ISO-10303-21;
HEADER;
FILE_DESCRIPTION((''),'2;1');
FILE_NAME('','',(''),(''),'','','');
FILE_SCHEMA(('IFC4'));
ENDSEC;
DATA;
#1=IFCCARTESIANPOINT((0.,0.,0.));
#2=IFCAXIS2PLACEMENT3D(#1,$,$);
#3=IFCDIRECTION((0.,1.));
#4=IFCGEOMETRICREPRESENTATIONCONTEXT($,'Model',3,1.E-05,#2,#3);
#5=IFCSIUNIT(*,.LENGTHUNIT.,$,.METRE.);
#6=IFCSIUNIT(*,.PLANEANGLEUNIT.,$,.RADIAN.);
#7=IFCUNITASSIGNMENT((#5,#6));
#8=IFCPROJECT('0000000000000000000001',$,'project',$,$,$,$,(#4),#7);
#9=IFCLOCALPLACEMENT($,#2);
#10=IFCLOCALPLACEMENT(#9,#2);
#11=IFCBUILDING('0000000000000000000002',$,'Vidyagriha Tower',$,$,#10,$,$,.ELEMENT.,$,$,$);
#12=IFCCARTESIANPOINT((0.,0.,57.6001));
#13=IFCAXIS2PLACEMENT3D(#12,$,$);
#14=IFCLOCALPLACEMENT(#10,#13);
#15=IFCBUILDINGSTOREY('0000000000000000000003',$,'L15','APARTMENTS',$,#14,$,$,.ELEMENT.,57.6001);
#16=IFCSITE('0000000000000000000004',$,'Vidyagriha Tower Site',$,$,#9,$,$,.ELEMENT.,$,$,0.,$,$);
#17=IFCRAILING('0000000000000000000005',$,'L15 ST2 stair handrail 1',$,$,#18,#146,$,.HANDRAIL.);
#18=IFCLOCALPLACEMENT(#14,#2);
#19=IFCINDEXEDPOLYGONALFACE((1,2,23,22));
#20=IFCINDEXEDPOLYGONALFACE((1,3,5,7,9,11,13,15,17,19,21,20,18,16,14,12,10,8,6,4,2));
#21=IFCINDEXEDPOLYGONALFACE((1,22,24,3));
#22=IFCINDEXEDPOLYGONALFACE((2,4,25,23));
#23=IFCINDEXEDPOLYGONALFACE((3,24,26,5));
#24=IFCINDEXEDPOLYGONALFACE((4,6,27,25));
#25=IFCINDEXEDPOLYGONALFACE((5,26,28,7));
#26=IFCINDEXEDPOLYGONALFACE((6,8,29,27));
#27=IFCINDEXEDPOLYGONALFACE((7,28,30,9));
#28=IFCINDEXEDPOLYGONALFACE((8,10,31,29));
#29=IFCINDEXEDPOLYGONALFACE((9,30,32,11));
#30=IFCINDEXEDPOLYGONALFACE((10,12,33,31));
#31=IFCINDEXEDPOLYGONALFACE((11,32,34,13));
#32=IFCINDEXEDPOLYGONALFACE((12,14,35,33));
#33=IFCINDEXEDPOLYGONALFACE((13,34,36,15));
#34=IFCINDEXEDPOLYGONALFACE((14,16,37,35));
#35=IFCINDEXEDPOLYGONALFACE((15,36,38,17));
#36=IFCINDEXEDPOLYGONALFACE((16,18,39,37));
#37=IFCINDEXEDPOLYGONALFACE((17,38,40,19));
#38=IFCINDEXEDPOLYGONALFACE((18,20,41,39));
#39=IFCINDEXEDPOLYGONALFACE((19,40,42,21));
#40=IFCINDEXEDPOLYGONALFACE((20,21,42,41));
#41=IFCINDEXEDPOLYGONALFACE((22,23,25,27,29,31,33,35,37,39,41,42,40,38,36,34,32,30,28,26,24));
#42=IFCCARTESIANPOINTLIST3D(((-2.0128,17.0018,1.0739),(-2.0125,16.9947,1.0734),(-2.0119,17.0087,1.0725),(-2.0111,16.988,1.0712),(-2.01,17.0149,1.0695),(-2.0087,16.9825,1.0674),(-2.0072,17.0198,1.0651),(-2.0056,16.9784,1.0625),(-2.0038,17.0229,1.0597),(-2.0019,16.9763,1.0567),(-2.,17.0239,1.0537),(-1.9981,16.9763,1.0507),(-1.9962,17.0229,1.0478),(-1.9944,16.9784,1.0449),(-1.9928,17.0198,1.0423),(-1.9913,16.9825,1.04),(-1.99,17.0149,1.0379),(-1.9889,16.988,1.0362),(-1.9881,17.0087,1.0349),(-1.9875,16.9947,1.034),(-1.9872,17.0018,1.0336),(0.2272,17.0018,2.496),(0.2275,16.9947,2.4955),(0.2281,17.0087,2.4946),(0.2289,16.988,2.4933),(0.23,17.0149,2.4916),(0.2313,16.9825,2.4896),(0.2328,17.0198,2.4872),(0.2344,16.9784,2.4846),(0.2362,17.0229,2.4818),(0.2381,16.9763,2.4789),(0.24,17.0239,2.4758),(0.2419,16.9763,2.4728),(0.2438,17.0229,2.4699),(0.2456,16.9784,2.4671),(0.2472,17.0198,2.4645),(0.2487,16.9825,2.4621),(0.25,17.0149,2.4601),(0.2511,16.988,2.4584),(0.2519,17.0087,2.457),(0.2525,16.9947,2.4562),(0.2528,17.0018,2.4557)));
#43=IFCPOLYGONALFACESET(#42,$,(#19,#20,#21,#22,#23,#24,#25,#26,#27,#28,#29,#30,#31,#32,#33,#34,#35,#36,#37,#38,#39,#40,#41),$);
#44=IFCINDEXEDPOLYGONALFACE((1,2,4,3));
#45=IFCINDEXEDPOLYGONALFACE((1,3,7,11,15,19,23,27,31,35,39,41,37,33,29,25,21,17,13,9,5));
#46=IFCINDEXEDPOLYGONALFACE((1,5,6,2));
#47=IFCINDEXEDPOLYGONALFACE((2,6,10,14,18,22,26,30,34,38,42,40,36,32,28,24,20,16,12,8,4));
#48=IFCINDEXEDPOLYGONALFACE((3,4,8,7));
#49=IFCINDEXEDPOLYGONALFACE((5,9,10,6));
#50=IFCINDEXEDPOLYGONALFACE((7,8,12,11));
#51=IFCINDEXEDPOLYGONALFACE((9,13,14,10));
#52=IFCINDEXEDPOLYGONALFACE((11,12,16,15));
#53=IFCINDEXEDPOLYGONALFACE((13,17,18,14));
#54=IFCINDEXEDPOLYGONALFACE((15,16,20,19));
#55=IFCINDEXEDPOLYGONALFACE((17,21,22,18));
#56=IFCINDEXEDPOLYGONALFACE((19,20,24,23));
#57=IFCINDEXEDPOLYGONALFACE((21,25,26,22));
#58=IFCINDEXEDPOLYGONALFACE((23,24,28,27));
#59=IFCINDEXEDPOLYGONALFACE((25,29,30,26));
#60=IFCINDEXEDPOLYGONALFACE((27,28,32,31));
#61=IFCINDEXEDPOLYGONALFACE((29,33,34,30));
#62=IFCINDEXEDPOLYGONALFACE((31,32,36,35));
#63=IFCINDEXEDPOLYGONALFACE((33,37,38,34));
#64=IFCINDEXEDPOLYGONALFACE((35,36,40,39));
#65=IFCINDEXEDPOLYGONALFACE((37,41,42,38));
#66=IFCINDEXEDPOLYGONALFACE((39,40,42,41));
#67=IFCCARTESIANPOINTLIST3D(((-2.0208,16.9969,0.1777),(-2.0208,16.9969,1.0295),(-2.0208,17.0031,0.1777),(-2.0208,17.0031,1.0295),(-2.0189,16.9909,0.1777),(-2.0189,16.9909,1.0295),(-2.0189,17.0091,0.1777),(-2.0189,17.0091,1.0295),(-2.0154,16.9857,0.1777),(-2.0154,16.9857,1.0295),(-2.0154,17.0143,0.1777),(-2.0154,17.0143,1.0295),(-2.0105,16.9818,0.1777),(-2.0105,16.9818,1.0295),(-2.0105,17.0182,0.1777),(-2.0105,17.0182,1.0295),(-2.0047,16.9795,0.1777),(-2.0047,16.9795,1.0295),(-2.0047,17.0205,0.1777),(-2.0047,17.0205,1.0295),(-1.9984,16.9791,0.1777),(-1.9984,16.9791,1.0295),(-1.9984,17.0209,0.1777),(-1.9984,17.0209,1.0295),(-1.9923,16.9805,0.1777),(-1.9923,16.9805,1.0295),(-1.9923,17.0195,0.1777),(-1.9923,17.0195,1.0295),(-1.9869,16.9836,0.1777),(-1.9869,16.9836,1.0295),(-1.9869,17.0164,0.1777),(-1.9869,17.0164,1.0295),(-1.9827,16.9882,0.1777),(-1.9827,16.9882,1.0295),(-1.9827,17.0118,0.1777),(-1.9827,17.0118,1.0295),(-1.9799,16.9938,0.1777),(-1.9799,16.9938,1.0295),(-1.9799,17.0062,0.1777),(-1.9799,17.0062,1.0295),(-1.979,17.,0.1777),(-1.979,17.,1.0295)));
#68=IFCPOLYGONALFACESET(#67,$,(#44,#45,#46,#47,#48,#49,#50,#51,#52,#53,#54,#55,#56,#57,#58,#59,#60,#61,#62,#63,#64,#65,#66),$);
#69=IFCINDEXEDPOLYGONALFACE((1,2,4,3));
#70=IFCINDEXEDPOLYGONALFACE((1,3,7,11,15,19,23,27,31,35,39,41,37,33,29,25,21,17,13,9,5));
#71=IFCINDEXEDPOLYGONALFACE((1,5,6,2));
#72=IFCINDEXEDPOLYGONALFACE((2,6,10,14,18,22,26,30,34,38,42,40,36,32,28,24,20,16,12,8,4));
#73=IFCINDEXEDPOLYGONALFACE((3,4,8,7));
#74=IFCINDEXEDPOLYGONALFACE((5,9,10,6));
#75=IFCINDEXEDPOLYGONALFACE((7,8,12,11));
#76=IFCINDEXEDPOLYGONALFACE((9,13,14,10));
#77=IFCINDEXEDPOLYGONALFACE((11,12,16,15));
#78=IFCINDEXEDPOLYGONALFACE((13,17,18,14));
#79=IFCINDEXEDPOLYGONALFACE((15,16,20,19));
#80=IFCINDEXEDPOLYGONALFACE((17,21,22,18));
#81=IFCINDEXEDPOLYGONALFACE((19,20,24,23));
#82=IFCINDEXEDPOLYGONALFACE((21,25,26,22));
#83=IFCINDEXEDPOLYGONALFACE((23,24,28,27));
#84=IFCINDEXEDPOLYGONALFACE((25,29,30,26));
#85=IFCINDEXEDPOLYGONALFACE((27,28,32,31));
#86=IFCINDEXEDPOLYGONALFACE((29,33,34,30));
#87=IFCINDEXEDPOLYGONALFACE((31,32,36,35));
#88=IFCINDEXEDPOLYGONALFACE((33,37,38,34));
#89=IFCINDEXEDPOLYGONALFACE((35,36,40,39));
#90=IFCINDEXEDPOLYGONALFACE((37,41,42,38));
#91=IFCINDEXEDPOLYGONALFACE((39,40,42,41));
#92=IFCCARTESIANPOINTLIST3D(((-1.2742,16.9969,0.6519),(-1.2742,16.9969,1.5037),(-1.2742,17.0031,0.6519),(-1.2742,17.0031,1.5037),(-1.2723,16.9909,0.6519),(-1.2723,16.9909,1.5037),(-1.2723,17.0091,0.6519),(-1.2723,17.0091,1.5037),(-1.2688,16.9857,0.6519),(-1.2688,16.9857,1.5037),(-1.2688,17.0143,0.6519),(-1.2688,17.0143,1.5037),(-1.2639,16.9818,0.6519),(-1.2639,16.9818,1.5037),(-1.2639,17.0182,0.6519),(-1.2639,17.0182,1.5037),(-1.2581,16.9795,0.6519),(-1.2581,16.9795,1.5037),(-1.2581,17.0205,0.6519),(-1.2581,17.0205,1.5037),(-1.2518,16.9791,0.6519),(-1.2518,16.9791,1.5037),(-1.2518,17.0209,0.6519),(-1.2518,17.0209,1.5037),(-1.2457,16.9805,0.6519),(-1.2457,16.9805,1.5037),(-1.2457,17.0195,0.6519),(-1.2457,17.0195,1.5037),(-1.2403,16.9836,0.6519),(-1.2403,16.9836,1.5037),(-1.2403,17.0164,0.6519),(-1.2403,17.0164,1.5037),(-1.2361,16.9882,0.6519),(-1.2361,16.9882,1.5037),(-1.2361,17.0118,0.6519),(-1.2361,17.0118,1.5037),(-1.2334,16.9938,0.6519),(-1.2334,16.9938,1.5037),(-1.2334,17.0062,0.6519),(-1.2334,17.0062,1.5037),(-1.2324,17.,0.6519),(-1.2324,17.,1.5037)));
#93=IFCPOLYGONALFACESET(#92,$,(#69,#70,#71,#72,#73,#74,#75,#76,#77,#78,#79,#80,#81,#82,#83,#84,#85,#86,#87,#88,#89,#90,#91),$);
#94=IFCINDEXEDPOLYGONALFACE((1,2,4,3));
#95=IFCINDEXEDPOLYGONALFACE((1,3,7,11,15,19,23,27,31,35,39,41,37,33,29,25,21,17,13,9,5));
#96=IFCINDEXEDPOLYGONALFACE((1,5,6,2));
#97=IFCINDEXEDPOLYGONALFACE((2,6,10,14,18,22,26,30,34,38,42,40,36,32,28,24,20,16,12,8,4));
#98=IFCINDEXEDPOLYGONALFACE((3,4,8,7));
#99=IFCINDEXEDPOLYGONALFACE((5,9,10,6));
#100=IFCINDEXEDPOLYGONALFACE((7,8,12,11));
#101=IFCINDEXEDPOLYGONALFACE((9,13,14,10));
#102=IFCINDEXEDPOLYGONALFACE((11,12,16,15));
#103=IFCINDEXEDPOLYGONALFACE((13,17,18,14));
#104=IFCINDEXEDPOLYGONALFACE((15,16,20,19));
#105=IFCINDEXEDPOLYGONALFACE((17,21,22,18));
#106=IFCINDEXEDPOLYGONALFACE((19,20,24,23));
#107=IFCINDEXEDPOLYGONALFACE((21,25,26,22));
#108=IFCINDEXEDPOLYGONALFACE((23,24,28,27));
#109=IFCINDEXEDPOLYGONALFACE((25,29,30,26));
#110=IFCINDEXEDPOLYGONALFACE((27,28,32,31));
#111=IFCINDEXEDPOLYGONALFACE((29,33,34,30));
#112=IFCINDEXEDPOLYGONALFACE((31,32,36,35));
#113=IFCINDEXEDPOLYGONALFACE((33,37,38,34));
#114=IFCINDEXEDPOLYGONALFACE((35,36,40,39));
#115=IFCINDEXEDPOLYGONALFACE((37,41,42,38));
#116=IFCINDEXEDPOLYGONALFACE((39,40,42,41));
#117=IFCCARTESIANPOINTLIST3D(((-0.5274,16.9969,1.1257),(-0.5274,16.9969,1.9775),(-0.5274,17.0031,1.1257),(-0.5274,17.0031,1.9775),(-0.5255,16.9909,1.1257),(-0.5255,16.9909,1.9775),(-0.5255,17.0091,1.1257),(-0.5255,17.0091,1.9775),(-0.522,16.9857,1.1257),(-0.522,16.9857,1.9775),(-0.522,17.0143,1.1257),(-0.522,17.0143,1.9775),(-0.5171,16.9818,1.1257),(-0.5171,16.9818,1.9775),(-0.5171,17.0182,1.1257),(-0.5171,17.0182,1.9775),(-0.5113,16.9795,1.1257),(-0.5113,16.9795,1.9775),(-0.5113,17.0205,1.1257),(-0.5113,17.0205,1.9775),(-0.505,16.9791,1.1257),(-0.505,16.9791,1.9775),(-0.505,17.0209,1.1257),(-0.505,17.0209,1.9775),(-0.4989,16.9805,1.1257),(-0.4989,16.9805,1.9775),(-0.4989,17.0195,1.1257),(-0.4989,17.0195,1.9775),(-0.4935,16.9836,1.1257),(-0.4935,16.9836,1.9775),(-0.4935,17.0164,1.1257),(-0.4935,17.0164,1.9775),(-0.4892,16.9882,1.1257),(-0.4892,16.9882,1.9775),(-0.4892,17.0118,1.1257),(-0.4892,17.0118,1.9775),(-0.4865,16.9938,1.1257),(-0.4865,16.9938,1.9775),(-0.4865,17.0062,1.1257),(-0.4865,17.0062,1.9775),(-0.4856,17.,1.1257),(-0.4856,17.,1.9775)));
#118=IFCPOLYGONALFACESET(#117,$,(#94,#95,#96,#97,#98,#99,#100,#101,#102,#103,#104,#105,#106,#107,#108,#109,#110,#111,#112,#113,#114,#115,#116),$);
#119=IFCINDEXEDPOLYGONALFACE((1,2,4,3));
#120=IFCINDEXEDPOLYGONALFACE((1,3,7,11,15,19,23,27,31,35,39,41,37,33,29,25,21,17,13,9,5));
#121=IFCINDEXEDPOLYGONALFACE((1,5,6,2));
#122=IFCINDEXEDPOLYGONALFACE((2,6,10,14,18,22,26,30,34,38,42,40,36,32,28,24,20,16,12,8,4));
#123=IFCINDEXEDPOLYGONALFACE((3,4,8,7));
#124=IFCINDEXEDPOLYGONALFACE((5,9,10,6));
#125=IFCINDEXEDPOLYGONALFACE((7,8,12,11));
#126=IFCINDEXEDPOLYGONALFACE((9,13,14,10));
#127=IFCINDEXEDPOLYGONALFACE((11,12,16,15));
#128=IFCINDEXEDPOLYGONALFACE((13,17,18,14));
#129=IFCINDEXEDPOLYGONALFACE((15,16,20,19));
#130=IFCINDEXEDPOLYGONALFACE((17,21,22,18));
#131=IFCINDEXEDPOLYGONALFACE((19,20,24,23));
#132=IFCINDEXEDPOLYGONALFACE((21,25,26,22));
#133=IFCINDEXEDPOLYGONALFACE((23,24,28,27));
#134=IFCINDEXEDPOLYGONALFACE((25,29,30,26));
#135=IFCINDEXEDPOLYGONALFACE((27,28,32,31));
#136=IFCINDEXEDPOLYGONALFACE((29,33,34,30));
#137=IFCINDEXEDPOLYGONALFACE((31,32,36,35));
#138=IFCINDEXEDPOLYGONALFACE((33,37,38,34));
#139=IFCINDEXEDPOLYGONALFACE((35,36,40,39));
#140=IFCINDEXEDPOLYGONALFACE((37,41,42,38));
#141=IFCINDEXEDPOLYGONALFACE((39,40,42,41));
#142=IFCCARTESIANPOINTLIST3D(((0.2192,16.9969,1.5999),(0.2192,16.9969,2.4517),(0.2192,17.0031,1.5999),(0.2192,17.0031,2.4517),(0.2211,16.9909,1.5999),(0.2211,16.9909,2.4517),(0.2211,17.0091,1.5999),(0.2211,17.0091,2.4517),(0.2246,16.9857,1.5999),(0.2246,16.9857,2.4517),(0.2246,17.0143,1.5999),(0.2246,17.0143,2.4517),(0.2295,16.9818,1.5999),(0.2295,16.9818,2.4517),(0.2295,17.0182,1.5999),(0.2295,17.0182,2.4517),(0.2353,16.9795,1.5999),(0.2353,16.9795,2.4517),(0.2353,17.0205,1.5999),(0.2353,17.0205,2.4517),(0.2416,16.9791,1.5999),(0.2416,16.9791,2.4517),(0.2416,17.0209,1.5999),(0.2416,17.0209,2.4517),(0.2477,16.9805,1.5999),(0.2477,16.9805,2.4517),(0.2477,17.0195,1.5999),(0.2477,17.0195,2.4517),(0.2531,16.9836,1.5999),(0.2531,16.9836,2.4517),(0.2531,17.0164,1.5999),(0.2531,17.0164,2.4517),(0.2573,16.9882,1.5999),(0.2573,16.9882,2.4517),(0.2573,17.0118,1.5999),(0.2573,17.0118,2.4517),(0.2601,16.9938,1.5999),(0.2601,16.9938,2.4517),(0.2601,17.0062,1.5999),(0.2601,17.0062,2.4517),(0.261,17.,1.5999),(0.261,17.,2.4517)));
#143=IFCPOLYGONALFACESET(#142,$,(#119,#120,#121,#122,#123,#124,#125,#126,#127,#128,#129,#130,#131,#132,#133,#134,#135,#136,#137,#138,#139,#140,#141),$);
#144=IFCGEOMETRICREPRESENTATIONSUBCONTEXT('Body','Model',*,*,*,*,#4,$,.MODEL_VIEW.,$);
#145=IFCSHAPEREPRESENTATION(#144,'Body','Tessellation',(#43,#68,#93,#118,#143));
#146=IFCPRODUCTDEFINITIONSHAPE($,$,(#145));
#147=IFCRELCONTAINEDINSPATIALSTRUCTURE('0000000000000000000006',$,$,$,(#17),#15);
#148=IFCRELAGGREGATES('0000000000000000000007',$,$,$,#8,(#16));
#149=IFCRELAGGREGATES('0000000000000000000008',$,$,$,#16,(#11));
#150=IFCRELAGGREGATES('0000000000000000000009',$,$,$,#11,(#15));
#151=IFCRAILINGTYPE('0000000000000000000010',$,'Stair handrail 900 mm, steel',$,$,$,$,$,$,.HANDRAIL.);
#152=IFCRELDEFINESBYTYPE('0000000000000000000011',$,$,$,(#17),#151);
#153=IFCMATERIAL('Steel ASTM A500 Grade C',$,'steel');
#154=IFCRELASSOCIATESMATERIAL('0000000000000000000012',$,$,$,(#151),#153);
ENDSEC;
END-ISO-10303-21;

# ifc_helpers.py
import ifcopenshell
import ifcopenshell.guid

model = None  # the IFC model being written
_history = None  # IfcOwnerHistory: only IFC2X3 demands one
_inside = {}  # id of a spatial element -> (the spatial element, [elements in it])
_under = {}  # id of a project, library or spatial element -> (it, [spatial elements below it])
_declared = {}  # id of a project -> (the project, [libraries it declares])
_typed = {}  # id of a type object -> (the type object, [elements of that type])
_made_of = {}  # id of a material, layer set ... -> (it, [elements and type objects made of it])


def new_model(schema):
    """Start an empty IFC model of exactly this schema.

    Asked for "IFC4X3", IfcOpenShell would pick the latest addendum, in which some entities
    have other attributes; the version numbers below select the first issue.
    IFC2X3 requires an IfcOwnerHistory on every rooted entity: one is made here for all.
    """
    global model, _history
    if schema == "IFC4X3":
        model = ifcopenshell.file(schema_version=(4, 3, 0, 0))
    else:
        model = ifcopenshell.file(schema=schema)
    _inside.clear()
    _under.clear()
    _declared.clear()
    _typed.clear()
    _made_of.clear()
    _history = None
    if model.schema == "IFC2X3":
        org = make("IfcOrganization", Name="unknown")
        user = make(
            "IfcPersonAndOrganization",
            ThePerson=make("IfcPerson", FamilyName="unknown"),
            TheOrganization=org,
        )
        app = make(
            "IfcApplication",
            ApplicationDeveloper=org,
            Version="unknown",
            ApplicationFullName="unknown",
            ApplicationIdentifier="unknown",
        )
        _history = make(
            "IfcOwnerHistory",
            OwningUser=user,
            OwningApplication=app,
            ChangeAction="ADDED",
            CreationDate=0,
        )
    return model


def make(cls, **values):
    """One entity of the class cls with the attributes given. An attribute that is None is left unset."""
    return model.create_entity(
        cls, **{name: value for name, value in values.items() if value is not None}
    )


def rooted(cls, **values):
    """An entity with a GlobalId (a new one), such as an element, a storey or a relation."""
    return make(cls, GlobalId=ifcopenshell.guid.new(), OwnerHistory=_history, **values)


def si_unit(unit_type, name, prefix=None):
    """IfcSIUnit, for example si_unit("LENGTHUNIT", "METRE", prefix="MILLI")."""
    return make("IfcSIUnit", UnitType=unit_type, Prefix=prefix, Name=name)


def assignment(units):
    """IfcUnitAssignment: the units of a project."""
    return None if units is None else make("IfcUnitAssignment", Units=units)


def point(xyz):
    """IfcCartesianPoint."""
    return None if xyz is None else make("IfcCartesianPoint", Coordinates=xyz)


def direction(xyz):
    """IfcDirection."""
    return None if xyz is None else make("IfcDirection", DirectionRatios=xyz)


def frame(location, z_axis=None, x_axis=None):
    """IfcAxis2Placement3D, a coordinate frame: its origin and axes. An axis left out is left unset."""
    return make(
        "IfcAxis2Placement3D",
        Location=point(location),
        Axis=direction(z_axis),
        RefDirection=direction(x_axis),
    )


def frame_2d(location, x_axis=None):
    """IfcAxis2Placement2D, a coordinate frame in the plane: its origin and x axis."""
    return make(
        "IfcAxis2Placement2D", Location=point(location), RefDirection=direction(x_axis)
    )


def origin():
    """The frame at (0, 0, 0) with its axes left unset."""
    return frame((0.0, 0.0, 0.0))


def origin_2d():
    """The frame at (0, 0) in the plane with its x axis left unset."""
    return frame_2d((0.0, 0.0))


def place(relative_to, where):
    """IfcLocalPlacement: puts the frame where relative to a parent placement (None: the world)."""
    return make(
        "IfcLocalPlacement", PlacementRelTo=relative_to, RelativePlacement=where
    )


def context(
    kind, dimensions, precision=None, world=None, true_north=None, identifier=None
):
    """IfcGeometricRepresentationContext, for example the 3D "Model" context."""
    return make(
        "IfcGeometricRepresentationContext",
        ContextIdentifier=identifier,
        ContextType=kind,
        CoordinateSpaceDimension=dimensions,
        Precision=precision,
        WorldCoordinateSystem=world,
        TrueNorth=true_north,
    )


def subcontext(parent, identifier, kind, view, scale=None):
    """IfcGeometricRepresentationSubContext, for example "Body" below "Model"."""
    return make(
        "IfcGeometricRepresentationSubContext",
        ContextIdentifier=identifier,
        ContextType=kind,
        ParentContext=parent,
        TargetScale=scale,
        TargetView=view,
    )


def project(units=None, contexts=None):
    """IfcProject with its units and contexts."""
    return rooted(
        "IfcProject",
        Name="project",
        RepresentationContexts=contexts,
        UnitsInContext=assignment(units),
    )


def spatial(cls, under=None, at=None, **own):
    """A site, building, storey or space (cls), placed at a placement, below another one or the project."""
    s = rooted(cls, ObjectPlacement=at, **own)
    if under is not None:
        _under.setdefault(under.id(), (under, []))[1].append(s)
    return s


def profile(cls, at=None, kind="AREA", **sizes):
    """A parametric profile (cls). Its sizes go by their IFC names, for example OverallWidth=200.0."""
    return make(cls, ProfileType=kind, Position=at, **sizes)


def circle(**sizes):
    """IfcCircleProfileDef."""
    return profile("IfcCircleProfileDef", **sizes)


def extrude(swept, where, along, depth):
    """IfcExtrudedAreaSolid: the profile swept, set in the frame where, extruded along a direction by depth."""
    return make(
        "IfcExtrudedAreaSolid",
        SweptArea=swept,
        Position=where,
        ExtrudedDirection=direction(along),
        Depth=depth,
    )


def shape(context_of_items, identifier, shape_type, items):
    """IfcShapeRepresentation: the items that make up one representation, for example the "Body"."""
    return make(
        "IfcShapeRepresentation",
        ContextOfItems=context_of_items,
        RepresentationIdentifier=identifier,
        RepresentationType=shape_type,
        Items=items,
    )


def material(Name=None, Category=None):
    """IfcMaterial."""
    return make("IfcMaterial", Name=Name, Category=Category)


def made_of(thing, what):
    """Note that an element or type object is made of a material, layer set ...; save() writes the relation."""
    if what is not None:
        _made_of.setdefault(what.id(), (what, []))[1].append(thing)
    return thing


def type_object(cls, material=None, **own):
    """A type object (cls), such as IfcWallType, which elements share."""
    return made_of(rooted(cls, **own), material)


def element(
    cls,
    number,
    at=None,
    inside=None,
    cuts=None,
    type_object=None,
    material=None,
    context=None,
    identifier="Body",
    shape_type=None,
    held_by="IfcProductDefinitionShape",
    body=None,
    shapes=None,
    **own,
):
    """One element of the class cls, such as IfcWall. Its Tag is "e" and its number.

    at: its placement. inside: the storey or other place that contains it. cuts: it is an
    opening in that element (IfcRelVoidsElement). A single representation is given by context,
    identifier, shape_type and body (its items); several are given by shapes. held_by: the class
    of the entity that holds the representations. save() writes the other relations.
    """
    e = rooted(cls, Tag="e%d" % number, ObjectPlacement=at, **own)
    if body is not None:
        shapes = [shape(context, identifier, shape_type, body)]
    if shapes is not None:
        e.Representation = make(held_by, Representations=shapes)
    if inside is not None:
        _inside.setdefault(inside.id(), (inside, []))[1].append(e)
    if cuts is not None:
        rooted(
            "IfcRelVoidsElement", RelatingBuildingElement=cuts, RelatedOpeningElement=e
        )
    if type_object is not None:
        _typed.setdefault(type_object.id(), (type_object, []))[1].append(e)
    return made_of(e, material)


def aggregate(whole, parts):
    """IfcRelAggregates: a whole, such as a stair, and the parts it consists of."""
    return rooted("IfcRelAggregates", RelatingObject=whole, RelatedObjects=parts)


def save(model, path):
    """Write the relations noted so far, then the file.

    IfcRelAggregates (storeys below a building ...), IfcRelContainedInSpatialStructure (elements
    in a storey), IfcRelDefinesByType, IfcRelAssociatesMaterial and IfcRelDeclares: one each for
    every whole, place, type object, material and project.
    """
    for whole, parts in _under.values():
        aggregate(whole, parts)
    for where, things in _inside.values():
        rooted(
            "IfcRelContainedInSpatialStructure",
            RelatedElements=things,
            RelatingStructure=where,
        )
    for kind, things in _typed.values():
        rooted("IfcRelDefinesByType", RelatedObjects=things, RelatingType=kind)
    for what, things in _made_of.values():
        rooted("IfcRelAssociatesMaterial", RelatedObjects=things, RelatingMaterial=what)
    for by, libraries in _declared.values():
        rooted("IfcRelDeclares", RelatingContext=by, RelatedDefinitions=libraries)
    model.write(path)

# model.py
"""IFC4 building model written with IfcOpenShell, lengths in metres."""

from ifc_helpers import new_model, si_unit, direction, frame, origin, origin_2d, place, context, subcontext, project, spatial, circle, extrude, material, type_object, element, save


model = new_model("IFC4")

# Units and contexts
model_context = context("Model", 3, precision=1e-05, world=origin(), true_north=direction((0.0, 1.0)))
body_context = subcontext(model_context, "Body", "Model", "MODEL_VIEW")
ifc_project = project(units=[si_unit("LENGTHUNIT", "METRE"), si_unit("PLANEANGLEUNIT", "RADIAN")], contexts=[model_context])

# Site, building, storey
site_placement = place(None, origin())
site = spatial("IfcSite", under=ifc_project, at=site_placement, Name="Vidyagriha Tower Site", CompositionType="ELEMENT", RefElevation=0.0)
building_placement = place(site_placement, origin())
building = spatial("IfcBuilding", under=site, at=building_placement, Name="Vidyagriha Tower", CompositionType="ELEMENT")
storey_placement = place(building_placement, frame((0.0, 0.0, 57.6001)))
storey = spatial("IfcBuildingStorey", under=building, at=storey_placement, Name="L15", Description="APARTMENTS", CompositionType="ELEMENT", Elevation=57.6001)

# Railing
ifc_material_1 = material(Name="Steel ASTM A500 Grade C", Category="steel")
railing_type_1 = type_object("IfcRailingType", Name="Stair handrail 900 mm, steel", PredefinedType="HANDRAIL", material=ifc_material_1)
railing_1_placement = place(storey_placement, frame((-2.0, 17.0, 0.1777)))
element("IfcRailing", 1, at=railing_1_placement, inside=storey, type_object=railing_type_1, Name="L15 ST2 stair handrail 1", PredefinedType="HANDRAIL", context=body_context, shape_type="SweptSolid", body=[
    extrude(circle(Radius=0.0239, at=origin_2d()), frame((0.0, 0.0, 0.876), z_axis=(0.844229, 0.0, 0.535982), x_axis=(0.0, 1.0, 0.0)), (0.0, 0.0, 1.0), 2.6533),
    extrude(circle(Radius=0.021, at=origin_2d()), origin(), (0.0, 0.0, 1.0), 0.8518),
    extrude(circle(Radius=0.021, at=origin_2d()), frame((0.7466, 0.0, 0.4741)), (0.0, 0.0, 1.0), 0.8518),
    extrude(circle(Radius=0.021, at=origin_2d()), frame((1.4934, 0.0, 0.948)), (0.0, 0.0, 1.0), 0.8518),
    extrude(circle(Radius=0.021, at=origin_2d()), frame((2.24, 0.0, 1.4221)), (0.0, 0.0, 1.0), 0.8518),
])

save(model, "model.ifc")
